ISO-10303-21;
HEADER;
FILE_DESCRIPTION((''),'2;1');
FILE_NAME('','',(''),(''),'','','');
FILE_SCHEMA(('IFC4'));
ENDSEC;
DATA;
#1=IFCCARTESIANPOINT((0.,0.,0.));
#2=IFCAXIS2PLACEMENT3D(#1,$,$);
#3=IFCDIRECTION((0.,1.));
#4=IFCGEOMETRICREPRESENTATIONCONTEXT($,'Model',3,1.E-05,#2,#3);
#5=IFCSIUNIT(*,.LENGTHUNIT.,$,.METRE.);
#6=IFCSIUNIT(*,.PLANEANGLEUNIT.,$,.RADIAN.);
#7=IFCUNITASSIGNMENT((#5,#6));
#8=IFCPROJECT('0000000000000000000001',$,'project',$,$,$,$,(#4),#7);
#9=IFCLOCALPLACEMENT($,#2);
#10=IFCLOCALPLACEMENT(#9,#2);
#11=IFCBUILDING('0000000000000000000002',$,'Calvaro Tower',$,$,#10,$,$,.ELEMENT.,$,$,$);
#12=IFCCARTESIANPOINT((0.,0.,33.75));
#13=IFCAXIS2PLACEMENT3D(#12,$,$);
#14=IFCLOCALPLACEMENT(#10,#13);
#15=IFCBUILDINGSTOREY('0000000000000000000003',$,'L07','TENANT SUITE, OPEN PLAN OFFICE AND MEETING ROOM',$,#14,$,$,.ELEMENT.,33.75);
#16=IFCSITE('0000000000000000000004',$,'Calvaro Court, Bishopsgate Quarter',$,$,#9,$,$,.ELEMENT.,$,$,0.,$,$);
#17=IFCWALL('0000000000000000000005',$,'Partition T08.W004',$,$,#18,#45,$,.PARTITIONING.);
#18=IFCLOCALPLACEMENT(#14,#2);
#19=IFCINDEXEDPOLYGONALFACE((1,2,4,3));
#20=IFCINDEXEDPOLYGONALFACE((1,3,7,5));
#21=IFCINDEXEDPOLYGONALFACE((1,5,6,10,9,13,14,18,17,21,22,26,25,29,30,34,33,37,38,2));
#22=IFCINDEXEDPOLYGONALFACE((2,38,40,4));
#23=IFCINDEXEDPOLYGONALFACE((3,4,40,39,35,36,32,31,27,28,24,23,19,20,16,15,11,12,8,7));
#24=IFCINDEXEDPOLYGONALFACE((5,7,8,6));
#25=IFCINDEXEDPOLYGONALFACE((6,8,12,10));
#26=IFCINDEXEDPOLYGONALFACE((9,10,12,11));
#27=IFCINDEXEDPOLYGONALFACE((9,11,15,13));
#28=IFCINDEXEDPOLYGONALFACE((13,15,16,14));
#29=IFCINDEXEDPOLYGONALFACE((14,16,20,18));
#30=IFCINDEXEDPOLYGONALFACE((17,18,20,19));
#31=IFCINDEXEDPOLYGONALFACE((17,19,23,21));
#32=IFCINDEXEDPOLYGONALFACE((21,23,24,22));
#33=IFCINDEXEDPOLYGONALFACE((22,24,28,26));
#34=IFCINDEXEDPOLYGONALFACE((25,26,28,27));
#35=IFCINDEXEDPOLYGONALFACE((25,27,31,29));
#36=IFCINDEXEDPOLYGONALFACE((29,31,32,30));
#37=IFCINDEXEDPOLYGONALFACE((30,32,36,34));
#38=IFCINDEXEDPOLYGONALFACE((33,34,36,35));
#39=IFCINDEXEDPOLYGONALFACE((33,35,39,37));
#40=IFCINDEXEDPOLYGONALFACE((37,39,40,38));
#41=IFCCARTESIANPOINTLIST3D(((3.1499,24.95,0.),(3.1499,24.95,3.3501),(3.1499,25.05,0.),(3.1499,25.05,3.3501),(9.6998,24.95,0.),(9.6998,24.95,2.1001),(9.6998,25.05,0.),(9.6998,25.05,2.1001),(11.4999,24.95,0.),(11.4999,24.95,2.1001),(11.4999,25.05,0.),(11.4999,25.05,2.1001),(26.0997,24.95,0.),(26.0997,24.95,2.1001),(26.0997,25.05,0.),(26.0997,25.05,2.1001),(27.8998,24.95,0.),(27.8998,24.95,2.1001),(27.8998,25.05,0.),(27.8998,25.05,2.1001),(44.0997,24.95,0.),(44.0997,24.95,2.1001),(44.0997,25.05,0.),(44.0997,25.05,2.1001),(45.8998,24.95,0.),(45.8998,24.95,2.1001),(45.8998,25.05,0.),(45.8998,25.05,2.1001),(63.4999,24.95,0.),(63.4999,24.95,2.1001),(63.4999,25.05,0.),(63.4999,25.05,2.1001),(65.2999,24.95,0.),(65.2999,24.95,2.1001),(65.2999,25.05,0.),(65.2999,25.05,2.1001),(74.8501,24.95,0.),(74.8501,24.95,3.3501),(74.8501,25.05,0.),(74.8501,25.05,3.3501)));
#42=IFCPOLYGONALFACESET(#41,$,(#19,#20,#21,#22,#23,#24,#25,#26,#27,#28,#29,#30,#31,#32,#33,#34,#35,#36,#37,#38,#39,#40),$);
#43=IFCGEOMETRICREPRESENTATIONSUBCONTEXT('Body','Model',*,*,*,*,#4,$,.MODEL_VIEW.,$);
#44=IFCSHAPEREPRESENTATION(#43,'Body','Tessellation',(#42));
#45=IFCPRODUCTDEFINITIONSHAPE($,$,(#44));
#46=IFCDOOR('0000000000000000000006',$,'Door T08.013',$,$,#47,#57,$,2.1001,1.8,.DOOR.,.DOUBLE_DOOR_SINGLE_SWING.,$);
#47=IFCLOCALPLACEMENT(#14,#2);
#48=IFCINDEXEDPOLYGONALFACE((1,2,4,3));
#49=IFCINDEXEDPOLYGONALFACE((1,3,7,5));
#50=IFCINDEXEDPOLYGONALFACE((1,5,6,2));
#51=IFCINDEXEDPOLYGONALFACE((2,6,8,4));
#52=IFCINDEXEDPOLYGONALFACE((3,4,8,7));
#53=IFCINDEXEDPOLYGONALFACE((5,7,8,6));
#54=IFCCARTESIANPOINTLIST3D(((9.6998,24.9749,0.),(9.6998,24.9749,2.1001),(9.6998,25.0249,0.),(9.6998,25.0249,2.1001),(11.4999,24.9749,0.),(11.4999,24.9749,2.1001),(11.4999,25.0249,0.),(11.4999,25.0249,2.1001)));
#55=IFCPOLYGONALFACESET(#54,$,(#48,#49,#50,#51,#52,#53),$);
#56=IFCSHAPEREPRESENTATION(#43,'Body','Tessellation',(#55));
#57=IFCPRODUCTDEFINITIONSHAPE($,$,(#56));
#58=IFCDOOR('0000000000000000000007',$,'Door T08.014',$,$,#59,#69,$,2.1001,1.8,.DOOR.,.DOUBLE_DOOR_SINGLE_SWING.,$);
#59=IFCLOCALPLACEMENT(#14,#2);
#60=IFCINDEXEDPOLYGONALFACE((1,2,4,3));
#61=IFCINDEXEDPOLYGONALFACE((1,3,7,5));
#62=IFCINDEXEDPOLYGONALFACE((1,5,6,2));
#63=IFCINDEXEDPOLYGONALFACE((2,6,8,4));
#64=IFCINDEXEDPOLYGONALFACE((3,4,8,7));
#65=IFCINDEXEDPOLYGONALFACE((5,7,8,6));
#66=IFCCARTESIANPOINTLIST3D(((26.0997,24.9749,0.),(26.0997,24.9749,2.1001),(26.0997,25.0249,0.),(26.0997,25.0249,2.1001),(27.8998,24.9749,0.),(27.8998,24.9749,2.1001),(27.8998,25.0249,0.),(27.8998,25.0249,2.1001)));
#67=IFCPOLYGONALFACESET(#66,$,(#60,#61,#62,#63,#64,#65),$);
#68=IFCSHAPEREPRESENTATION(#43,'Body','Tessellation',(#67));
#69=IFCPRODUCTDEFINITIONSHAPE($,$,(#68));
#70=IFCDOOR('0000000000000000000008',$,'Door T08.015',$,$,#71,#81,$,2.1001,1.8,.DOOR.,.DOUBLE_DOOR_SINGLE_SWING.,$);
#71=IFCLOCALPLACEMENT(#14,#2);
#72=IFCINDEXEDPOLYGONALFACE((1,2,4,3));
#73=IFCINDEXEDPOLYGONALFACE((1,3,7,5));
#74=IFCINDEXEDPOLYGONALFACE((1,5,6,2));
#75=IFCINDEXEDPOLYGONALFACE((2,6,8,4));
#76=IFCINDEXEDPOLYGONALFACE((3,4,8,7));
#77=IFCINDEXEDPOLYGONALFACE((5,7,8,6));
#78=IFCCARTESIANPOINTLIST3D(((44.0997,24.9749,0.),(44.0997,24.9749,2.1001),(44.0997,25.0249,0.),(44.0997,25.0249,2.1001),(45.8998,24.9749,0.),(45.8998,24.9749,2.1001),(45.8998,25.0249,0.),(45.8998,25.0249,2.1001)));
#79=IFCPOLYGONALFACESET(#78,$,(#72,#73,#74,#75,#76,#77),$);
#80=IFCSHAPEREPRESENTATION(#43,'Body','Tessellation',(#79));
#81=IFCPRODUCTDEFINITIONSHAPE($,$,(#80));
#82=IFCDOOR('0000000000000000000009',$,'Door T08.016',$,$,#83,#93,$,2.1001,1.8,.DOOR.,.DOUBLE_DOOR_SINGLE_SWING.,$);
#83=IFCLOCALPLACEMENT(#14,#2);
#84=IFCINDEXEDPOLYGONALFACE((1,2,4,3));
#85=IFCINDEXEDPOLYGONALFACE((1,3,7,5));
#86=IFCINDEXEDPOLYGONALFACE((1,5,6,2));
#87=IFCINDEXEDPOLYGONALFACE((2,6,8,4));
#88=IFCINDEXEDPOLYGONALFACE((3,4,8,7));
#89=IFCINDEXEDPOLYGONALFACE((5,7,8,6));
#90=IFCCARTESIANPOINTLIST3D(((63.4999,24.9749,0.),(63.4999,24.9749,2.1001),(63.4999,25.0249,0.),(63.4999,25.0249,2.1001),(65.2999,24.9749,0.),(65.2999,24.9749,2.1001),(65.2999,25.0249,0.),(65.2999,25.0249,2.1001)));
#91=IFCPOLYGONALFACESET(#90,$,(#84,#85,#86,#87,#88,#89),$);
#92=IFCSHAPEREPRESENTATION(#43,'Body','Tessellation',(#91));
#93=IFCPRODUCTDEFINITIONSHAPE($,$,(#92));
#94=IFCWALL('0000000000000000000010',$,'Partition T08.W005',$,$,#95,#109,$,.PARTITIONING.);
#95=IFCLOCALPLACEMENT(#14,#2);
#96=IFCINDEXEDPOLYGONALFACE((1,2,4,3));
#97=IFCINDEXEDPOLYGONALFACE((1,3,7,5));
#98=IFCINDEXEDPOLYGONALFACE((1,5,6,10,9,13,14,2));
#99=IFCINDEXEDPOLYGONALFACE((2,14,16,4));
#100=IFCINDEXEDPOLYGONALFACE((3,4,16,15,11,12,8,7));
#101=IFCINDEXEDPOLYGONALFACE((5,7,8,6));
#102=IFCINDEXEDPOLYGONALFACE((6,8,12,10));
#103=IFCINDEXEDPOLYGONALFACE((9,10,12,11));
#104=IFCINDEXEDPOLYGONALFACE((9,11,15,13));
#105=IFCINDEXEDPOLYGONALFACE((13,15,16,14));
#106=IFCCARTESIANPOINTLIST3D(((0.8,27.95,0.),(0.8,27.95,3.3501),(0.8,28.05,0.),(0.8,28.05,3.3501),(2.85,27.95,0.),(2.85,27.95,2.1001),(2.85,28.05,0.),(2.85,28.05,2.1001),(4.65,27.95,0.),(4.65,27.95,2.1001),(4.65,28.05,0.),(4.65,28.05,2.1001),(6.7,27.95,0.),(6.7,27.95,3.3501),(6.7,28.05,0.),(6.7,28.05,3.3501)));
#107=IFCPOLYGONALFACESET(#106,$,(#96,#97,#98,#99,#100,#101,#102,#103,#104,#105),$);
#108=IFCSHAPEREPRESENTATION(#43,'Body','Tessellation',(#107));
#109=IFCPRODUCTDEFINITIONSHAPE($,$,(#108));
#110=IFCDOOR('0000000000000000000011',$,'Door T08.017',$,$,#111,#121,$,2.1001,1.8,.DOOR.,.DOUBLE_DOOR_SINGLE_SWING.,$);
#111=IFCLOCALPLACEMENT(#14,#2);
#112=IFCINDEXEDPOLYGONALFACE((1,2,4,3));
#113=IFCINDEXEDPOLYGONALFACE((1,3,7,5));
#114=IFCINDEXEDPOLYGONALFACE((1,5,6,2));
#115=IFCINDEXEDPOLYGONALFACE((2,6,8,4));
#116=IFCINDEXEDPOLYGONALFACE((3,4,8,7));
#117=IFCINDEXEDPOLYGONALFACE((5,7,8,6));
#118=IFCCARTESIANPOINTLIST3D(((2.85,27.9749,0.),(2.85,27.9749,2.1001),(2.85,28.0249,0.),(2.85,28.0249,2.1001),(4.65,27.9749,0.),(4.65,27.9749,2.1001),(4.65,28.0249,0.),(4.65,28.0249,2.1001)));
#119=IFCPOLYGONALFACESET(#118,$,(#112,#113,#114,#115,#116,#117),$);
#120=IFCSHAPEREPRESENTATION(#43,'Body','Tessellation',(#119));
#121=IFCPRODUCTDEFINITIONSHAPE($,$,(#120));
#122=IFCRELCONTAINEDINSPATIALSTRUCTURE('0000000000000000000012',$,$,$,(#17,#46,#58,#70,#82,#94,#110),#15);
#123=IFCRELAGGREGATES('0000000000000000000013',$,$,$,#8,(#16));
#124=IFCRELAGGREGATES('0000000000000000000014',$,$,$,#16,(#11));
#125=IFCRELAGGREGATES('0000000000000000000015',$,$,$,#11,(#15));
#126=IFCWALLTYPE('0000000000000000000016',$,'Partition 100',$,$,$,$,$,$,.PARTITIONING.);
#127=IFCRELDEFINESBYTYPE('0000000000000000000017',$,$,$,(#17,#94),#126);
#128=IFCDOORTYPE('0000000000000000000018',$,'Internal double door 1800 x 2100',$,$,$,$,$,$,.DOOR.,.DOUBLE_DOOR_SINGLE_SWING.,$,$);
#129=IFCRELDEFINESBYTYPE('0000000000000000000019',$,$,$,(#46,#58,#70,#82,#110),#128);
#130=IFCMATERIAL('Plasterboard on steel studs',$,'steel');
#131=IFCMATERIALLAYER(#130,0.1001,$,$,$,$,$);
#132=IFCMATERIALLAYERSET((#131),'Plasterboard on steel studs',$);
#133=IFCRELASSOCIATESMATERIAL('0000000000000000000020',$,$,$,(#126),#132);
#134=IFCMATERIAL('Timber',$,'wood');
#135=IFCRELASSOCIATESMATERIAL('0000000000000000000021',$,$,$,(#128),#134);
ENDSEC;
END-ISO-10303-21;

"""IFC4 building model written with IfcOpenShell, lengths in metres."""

from ifc_helpers import new_model, si_unit, direction, frame, frame_2d, origin, place, context, subcontext, project, spatial, rectangle, extrude, material, layer, layer_set, type_object, element, fill, save


model = new_model("IFC4")

# Units and contexts
model_context = context("Model", 3, precision=1e-05, world=origin(), true_north=direction((0.0, 1.0)))
body_context = subcontext(model_context, "Body", "Model", "MODEL_VIEW")
ifc_project = project(units=[si_unit("LENGTHUNIT", "METRE"), si_unit("PLANEANGLEUNIT", "RADIAN")], contexts=[model_context])

# Site, building, storey
site_placement = place(None, origin())
site = spatial("IfcSite", under=ifc_project, at=site_placement, Name="Calvaro Court, Bishopsgate Quarter", CompositionType="ELEMENT", RefElevation=0.0)
building_placement = place(site_placement, origin())
building = spatial("IfcBuilding", under=site, at=building_placement, Name="Calvaro Tower", CompositionType="ELEMENT")
storey_placement = place(building_placement, frame((0.0, 0.0, 33.75)))
storey = spatial("IfcBuildingStorey", under=building, at=storey_placement, Name="L07", Description="TENANT SUITE, OPEN PLAN OFFICE AND MEETING ROOM", CompositionType="ELEMENT", Elevation=33.75)

# Wall, openings, doors
ifc_material_1 = material(Name="Plasterboard on steel studs", Category="steel")
ifc_layer = layer(ifc_material_1, 0.1001)
ifc_layer_set = layer_set([ifc_layer], Name="Plasterboard on steel studs")
wall_type = type_object("IfcWallType", Name="Partition 100", PredefinedType="PARTITIONING", material=ifc_layer_set)
wall_1_placement = place(storey_placement, frame((3.1499, 25.0, 0.0), z_axis=(0.0, 0.0, 1.0), x_axis=(1.0, 0.0, 0.0)))
wall_1 = element("IfcWall", 1, at=wall_1_placement, inside=storey, type_object=wall_type, Name="Partition T08.W004", PredefinedType="PARTITIONING", context=body_context, shape_type="SweptSolid", body=[
    extrude(rectangle(XDim=71.7002, YDim=0.1001, at=frame_2d((35.8501, 0.0))), origin(), (0.0, 0.0, 1.0), 3.3501),
])
opening_1_placement = place(wall_1_placement, frame((6.55, 0.0, 0.0)))
opening_1 = element("IfcOpeningElement", 2, at=opening_1_placement, cuts=wall_1, PredefinedType="OPENING", context=body_context, shape_type="SweptSolid", body=[
    extrude(rectangle(XDim=1.8, YDim=2.1001, at=frame_2d((0.8999, 1.05))), frame((0.0, 0.0601, 0.0), z_axis=(0.0, -1.0, 0.0), x_axis=(1.0, 0.0, 0.0)), (0.0, 0.0, 1.0), 0.1201),
])
opening_2_placement = place(wall_1_placement, frame((22.95, 0.0, 0.0)))
opening_2 = element("IfcOpeningElement", 3, at=opening_2_placement, cuts=wall_1, PredefinedType="OPENING", context=body_context, shape_type="SweptSolid", body=[
    extrude(rectangle(XDim=1.8, YDim=2.1001, at=frame_2d((0.8999, 1.05))), frame((0.0, 0.0601, 0.0), z_axis=(0.0, -1.0, 0.0), x_axis=(1.0, 0.0, 0.0)), (0.0, 0.0, 1.0), 0.1201),
])
opening_3_placement = place(wall_1_placement, frame((40.95, 0.0, 0.0)))
opening_3 = element("IfcOpeningElement", 4, at=opening_3_placement, cuts=wall_1, PredefinedType="OPENING", context=body_context, shape_type="SweptSolid", body=[
    extrude(rectangle(XDim=1.8, YDim=2.1001, at=frame_2d((0.8999, 1.05))), frame((0.0, 0.0601, 0.0), z_axis=(0.0, -1.0, 0.0), x_axis=(1.0, 0.0, 0.0)), (0.0, 0.0, 1.0), 0.1201),
])
opening_4_placement = place(wall_1_placement, frame((60.3501, 0.0, 0.0)))
opening_4 = element("IfcOpeningElement", 5, at=opening_4_placement, cuts=wall_1, PredefinedType="OPENING", context=body_context, shape_type="SweptSolid", body=[
    extrude(rectangle(XDim=1.8, YDim=2.1001, at=frame_2d((0.8999, 1.05))), frame((0.0, 0.0601, 0.0), z_axis=(0.0, -1.0, 0.0), x_axis=(1.0, 0.0, 0.0)), (0.0, 0.0, 1.0), 0.1201),
])
ifc_material_2 = material(Name="Timber", Category="wood")
door_type = type_object("IfcDoorType", Name="Internal double door 1800 x 2100", OperationType="DOUBLE_DOOR_SINGLE_SWING", PredefinedType="DOOR", material=ifc_material_2)
door_1_placement = place(opening_1_placement, origin())
door_1 = element("IfcDoor", 6, at=door_1_placement, inside=storey, type_object=door_type, Name="Door T08.013", OperationType="DOUBLE_DOOR_SINGLE_SWING", OverallHeight=2.1001, OverallWidth=1.8, PredefinedType="DOOR", context=body_context, shape_type="SweptSolid", body=[
    extrude(rectangle(XDim=1.8, YDim=2.1001, at=frame_2d((0.8999, 1.05))), frame((0.0, 0.0249, 0.0), z_axis=(0.0, -1.0, 0.0), x_axis=(1.0, 0.0, 0.0)), (0.0, 0.0, 1.0), 0.05),
])
fill(opening_1, door_1)
door_2_placement = place(opening_2_placement, origin())
door_2 = element("IfcDoor", 7, at=door_2_placement, inside=storey, type_object=door_type, Name="Door T08.014", OperationType="DOUBLE_DOOR_SINGLE_SWING", OverallHeight=2.1001, OverallWidth=1.8, PredefinedType="DOOR", context=body_context, shape_type="SweptSolid", body=[
    extrude(rectangle(XDim=1.8, YDim=2.1001, at=frame_2d((0.8999, 1.05))), frame((0.0, 0.0249, 0.0), z_axis=(0.0, -1.0, 0.0), x_axis=(1.0, 0.0, 0.0)), (0.0, 0.0, 1.0), 0.05),
])
fill(opening_2, door_2)
door_3_placement = place(opening_3_placement, origin())
door_3 = element("IfcDoor", 8, at=door_3_placement, inside=storey, type_object=door_type, Name="Door T08.015", OperationType="DOUBLE_DOOR_SINGLE_SWING", OverallHeight=2.1001, OverallWidth=1.8, PredefinedType="DOOR", context=body_context, shape_type="SweptSolid", body=[
    extrude(rectangle(XDim=1.8, YDim=2.1001, at=frame_2d((0.8999, 1.05))), frame((0.0, 0.0249, 0.0), z_axis=(0.0, -1.0, 0.0), x_axis=(1.0, 0.0, 0.0)), (0.0, 0.0, 1.0), 0.05),
])
fill(opening_3, door_3)
door_4_placement = place(opening_4_placement, origin())
door_4 = element("IfcDoor", 9, at=door_4_placement, inside=storey, type_object=door_type, Name="Door T08.016", OperationType="DOUBLE_DOOR_SINGLE_SWING", OverallHeight=2.1001, OverallWidth=1.8, PredefinedType="DOOR", context=body_context, shape_type="SweptSolid", body=[
    extrude(rectangle(XDim=1.8, YDim=2.1001, at=frame_2d((0.8999, 1.05))), frame((0.0, 0.0249, 0.0), z_axis=(0.0, -1.0, 0.0), x_axis=(1.0, 0.0, 0.0)), (0.0, 0.0, 1.0), 0.05),
])
fill(opening_4, door_4)

# Wall, opening, door
wall_2_placement = place(storey_placement, frame((0.8, 28.0, 0.0), z_axis=(0.0, 0.0, 1.0), x_axis=(1.0, 0.0, 0.0)))
wall_2 = element("IfcWall", 10, at=wall_2_placement, inside=storey, type_object=wall_type, Name="Partition T08.W005", PredefinedType="PARTITIONING", context=body_context, shape_type="SweptSolid", body=[
    extrude(rectangle(XDim=5.8999, YDim=0.1001, at=frame_2d((2.95, 0.0))), origin(), (0.0, 0.0, 1.0), 3.3501),
])
opening_5_placement = place(wall_2_placement, frame((2.05, 0.0, 0.0)))
opening_5 = element("IfcOpeningElement", 11, at=opening_5_placement, cuts=wall_2, PredefinedType="OPENING", context=body_context, shape_type="SweptSolid", body=[
    extrude(rectangle(XDim=1.8, YDim=2.1001, at=frame_2d((0.8999, 1.05))), frame((0.0, 0.0601, 0.0), z_axis=(0.0, -1.0, 0.0), x_axis=(1.0, 0.0, 0.0)), (0.0, 0.0, 1.0), 0.1201),
])
door_5_placement = place(opening_5_placement, origin())
door_5 = element("IfcDoor", 12, at=door_5_placement, inside=storey, type_object=door_type, Name="Door T08.017", OperationType="DOUBLE_DOOR_SINGLE_SWING", OverallHeight=2.1001, OverallWidth=1.8, PredefinedType="DOOR", context=body_context, shape_type="SweptSolid", body=[
    extrude(rectangle(XDim=1.8, YDim=2.1001, at=frame_2d((0.8999, 1.05))), frame((0.0, 0.0249, 0.0), z_axis=(0.0, -1.0, 0.0), x_axis=(1.0, 0.0, 0.0)), (0.0, 0.0, 1.0), 0.05),
])
fill(opening_5, door_5)

save(model, "model.ifc")
